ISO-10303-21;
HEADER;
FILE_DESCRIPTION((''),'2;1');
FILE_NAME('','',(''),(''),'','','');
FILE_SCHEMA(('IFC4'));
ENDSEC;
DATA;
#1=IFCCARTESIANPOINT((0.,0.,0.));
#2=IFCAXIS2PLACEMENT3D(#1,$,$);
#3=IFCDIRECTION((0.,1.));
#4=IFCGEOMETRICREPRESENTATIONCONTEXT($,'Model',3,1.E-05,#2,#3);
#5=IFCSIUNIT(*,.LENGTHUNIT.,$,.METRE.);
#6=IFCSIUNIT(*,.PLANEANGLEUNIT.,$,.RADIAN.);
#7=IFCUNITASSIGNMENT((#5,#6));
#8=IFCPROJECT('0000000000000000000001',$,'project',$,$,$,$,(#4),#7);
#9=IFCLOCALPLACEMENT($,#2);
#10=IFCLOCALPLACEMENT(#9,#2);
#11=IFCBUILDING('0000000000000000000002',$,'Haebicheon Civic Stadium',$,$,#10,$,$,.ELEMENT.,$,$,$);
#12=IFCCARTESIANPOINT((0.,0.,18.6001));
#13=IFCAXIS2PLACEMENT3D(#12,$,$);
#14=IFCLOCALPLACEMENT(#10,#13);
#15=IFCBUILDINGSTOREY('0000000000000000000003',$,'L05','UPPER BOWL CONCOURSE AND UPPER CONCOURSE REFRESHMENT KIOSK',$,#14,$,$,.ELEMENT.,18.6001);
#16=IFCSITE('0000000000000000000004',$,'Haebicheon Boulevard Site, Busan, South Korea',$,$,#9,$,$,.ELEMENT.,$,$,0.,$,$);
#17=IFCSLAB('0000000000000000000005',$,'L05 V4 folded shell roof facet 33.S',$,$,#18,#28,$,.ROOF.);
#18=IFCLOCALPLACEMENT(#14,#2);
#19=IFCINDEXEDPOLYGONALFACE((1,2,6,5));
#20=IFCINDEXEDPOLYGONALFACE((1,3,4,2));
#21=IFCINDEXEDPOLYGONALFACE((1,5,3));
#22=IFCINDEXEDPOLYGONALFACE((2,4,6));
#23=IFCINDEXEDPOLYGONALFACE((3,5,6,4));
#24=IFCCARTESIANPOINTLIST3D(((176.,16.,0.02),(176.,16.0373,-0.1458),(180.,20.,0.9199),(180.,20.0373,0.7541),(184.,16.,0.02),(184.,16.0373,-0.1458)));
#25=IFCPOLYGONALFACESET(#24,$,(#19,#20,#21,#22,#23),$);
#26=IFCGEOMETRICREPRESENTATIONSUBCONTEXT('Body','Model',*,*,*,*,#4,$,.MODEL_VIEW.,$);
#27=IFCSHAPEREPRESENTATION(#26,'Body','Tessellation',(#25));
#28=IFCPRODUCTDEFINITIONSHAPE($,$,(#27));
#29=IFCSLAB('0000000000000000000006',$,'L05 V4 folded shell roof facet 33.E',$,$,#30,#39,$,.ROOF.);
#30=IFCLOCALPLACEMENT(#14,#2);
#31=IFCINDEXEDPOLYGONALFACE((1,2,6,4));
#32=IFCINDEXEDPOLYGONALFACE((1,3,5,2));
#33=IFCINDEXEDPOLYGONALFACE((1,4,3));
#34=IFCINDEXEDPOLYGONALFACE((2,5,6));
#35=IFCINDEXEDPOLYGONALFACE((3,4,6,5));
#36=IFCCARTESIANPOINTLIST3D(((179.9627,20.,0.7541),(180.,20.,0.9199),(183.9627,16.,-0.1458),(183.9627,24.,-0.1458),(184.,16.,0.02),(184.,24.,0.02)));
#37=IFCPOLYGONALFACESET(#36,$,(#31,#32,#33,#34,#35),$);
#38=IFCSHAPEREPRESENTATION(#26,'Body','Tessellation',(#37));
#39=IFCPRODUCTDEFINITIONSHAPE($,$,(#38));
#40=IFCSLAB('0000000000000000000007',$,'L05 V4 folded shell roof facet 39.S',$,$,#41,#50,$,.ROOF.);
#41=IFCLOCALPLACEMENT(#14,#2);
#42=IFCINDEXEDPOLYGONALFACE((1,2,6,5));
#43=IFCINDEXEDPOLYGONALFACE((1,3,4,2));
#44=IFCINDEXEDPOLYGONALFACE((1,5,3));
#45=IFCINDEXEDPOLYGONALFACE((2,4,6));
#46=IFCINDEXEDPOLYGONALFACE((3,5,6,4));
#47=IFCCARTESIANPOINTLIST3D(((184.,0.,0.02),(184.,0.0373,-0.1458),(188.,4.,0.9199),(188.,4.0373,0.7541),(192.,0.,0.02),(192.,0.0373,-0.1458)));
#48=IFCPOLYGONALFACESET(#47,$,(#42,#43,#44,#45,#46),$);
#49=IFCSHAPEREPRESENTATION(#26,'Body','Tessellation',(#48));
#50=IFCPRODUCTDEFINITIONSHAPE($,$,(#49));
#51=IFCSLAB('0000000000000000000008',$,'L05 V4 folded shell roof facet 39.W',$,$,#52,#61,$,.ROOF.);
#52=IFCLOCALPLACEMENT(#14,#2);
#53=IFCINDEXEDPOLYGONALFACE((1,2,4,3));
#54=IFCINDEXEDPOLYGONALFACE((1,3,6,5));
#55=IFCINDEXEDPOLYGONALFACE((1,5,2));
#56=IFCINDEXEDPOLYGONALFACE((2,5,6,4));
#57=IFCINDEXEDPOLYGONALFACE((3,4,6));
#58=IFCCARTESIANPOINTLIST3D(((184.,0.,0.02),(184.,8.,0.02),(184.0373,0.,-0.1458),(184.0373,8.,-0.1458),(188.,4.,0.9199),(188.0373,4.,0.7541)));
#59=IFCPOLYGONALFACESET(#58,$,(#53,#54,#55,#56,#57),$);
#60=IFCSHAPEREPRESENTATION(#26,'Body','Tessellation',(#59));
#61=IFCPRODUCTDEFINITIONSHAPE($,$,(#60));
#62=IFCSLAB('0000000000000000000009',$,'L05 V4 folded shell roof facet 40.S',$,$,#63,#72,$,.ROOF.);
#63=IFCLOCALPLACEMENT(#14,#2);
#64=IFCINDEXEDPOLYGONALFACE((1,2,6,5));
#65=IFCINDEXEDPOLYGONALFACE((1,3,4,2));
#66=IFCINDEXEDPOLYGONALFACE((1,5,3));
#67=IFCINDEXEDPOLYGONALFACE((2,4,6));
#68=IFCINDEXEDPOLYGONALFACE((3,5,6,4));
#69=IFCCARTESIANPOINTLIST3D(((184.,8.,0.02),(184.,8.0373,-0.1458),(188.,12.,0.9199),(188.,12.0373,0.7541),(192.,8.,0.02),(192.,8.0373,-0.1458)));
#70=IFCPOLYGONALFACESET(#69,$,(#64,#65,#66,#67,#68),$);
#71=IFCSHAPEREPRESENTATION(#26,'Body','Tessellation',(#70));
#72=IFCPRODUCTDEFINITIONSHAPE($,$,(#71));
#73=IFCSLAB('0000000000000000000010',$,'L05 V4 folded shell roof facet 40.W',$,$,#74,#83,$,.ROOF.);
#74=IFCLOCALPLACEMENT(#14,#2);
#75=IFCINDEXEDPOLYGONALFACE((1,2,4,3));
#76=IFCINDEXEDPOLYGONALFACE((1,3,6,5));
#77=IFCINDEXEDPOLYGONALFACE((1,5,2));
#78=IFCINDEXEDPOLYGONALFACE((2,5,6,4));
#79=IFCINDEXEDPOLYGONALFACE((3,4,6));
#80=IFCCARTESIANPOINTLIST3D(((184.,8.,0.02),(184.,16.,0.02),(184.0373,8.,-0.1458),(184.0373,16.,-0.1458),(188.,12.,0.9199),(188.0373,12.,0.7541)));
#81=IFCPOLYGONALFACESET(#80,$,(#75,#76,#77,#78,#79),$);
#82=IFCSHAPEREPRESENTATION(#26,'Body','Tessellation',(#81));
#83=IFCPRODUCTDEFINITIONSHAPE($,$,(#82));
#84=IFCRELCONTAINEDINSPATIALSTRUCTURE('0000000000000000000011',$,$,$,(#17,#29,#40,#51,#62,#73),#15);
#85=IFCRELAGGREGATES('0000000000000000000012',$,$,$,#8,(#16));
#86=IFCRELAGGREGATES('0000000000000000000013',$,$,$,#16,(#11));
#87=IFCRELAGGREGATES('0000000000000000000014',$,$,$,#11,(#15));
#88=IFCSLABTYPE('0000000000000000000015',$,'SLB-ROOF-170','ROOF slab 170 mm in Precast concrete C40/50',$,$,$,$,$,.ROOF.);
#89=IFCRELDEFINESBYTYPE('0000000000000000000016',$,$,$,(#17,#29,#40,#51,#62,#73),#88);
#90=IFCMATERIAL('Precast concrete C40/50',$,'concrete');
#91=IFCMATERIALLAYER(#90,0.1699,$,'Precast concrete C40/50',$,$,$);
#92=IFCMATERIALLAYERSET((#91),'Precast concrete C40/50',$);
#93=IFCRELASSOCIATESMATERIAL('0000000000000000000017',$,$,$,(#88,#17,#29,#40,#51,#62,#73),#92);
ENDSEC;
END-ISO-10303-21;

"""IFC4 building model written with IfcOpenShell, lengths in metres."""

from ifc_helpers import new_model, si_unit, direction, frame, origin, place, context, subcontext, project, spatial, polyline, outline, extrude, material, layer, layer_set, type_object, element, save


model = new_model("IFC4")

# Units and contexts
model_context = context("Model", 3, precision=1e-05, world=origin(), true_north=direction((0.0, 1.0)))
body_context = subcontext(model_context, "Body", "Model", "MODEL_VIEW")
ifc_project = project(units=[si_unit("LENGTHUNIT", "METRE"), si_unit("PLANEANGLEUNIT", "RADIAN")], contexts=[model_context])

# Site, building, storey
site_placement = place(None, origin())
site = spatial("IfcSite", under=ifc_project, at=site_placement, Name="Haebicheon Boulevard Site, Busan, South Korea", CompositionType="ELEMENT", RefElevation=0.0)
building_placement = place(site_placement, origin())
building = spatial("IfcBuilding", under=site, at=building_placement, Name="Haebicheon Civic Stadium", CompositionType="ELEMENT")
storey_placement = place(building_placement, frame((0.0, 0.0, 18.6001)))
storey = spatial("IfcBuildingStorey", under=building, at=storey_placement, Name="L05", Description="UPPER BOWL CONCOURSE AND UPPER CONCOURSE REFRESHMENT KIOSK", CompositionType="ELEMENT", Elevation=18.6001)

# Slabs
ifc_material = material(Name="Precast concrete C40/50", Category="concrete")
ifc_layer = layer(ifc_material, 0.1699, Name="Precast concrete C40/50")
ifc_layer_set = layer_set([ifc_layer], Name="Precast concrete C40/50")
slab_type = type_object("IfcSlabType", Name="SLB-ROOF-170", Description="ROOF slab 170 mm in Precast concrete C40/50", PredefinedType="ROOF", material=ifc_layer_set)
for number, where, z_axis, x_axis, name in (
    (1, (176.0, 16.0, 0.02), (0.0, -0.21949, 0.975615), (1.0, 0.0, 0.0), "L05 V4 folded shell roof facet 33.S"),
    (2, (184.0, 16.0, 0.02), (0.21949, 0.0, 0.975615), (0.0, 1.0, 0.0), "L05 V4 folded shell roof facet 33.E"),
    (3, (184.0, 0.0, 0.02), (0.0, -0.21949, 0.975615), (1.0, 0.0, 0.0), "L05 V4 folded shell roof facet 39.S"),
    (4, (184.0, 8.0, 0.02), (-0.21949, 0.0, 0.975615), (0.0, -1.0, 0.0), "L05 V4 folded shell roof facet 39.W"),
    (5, (184.0, 8.0, 0.02), (0.0, -0.21949, 0.975615), (1.0, 0.0, 0.0), "L05 V4 folded shell roof facet 40.S"),
    (6, (184.0, 16.0, 0.02), (-0.21949, 0.0, 0.975615), (0.0, -1.0, 0.0), "L05 V4 folded shell roof facet 40.W"),
):
    element("IfcSlab", number, at=place(storey_placement, frame(where, z_axis=z_axis, x_axis=x_axis)), inside=storey, type_object=slab_type, material=ifc_layer_set, Name=name, PredefinedType="ROOF", context=body_context, shape_type="SweptSolid", body=[
        extrude(outline(polyline([(0.0, 0.0), (8.0, 0.0), (4.0, 4.1), (0.0, 0.0)])), origin(), (0.0, 0.0, -1.0), 0.1699),
    ])

save(model, "model.ifc")
